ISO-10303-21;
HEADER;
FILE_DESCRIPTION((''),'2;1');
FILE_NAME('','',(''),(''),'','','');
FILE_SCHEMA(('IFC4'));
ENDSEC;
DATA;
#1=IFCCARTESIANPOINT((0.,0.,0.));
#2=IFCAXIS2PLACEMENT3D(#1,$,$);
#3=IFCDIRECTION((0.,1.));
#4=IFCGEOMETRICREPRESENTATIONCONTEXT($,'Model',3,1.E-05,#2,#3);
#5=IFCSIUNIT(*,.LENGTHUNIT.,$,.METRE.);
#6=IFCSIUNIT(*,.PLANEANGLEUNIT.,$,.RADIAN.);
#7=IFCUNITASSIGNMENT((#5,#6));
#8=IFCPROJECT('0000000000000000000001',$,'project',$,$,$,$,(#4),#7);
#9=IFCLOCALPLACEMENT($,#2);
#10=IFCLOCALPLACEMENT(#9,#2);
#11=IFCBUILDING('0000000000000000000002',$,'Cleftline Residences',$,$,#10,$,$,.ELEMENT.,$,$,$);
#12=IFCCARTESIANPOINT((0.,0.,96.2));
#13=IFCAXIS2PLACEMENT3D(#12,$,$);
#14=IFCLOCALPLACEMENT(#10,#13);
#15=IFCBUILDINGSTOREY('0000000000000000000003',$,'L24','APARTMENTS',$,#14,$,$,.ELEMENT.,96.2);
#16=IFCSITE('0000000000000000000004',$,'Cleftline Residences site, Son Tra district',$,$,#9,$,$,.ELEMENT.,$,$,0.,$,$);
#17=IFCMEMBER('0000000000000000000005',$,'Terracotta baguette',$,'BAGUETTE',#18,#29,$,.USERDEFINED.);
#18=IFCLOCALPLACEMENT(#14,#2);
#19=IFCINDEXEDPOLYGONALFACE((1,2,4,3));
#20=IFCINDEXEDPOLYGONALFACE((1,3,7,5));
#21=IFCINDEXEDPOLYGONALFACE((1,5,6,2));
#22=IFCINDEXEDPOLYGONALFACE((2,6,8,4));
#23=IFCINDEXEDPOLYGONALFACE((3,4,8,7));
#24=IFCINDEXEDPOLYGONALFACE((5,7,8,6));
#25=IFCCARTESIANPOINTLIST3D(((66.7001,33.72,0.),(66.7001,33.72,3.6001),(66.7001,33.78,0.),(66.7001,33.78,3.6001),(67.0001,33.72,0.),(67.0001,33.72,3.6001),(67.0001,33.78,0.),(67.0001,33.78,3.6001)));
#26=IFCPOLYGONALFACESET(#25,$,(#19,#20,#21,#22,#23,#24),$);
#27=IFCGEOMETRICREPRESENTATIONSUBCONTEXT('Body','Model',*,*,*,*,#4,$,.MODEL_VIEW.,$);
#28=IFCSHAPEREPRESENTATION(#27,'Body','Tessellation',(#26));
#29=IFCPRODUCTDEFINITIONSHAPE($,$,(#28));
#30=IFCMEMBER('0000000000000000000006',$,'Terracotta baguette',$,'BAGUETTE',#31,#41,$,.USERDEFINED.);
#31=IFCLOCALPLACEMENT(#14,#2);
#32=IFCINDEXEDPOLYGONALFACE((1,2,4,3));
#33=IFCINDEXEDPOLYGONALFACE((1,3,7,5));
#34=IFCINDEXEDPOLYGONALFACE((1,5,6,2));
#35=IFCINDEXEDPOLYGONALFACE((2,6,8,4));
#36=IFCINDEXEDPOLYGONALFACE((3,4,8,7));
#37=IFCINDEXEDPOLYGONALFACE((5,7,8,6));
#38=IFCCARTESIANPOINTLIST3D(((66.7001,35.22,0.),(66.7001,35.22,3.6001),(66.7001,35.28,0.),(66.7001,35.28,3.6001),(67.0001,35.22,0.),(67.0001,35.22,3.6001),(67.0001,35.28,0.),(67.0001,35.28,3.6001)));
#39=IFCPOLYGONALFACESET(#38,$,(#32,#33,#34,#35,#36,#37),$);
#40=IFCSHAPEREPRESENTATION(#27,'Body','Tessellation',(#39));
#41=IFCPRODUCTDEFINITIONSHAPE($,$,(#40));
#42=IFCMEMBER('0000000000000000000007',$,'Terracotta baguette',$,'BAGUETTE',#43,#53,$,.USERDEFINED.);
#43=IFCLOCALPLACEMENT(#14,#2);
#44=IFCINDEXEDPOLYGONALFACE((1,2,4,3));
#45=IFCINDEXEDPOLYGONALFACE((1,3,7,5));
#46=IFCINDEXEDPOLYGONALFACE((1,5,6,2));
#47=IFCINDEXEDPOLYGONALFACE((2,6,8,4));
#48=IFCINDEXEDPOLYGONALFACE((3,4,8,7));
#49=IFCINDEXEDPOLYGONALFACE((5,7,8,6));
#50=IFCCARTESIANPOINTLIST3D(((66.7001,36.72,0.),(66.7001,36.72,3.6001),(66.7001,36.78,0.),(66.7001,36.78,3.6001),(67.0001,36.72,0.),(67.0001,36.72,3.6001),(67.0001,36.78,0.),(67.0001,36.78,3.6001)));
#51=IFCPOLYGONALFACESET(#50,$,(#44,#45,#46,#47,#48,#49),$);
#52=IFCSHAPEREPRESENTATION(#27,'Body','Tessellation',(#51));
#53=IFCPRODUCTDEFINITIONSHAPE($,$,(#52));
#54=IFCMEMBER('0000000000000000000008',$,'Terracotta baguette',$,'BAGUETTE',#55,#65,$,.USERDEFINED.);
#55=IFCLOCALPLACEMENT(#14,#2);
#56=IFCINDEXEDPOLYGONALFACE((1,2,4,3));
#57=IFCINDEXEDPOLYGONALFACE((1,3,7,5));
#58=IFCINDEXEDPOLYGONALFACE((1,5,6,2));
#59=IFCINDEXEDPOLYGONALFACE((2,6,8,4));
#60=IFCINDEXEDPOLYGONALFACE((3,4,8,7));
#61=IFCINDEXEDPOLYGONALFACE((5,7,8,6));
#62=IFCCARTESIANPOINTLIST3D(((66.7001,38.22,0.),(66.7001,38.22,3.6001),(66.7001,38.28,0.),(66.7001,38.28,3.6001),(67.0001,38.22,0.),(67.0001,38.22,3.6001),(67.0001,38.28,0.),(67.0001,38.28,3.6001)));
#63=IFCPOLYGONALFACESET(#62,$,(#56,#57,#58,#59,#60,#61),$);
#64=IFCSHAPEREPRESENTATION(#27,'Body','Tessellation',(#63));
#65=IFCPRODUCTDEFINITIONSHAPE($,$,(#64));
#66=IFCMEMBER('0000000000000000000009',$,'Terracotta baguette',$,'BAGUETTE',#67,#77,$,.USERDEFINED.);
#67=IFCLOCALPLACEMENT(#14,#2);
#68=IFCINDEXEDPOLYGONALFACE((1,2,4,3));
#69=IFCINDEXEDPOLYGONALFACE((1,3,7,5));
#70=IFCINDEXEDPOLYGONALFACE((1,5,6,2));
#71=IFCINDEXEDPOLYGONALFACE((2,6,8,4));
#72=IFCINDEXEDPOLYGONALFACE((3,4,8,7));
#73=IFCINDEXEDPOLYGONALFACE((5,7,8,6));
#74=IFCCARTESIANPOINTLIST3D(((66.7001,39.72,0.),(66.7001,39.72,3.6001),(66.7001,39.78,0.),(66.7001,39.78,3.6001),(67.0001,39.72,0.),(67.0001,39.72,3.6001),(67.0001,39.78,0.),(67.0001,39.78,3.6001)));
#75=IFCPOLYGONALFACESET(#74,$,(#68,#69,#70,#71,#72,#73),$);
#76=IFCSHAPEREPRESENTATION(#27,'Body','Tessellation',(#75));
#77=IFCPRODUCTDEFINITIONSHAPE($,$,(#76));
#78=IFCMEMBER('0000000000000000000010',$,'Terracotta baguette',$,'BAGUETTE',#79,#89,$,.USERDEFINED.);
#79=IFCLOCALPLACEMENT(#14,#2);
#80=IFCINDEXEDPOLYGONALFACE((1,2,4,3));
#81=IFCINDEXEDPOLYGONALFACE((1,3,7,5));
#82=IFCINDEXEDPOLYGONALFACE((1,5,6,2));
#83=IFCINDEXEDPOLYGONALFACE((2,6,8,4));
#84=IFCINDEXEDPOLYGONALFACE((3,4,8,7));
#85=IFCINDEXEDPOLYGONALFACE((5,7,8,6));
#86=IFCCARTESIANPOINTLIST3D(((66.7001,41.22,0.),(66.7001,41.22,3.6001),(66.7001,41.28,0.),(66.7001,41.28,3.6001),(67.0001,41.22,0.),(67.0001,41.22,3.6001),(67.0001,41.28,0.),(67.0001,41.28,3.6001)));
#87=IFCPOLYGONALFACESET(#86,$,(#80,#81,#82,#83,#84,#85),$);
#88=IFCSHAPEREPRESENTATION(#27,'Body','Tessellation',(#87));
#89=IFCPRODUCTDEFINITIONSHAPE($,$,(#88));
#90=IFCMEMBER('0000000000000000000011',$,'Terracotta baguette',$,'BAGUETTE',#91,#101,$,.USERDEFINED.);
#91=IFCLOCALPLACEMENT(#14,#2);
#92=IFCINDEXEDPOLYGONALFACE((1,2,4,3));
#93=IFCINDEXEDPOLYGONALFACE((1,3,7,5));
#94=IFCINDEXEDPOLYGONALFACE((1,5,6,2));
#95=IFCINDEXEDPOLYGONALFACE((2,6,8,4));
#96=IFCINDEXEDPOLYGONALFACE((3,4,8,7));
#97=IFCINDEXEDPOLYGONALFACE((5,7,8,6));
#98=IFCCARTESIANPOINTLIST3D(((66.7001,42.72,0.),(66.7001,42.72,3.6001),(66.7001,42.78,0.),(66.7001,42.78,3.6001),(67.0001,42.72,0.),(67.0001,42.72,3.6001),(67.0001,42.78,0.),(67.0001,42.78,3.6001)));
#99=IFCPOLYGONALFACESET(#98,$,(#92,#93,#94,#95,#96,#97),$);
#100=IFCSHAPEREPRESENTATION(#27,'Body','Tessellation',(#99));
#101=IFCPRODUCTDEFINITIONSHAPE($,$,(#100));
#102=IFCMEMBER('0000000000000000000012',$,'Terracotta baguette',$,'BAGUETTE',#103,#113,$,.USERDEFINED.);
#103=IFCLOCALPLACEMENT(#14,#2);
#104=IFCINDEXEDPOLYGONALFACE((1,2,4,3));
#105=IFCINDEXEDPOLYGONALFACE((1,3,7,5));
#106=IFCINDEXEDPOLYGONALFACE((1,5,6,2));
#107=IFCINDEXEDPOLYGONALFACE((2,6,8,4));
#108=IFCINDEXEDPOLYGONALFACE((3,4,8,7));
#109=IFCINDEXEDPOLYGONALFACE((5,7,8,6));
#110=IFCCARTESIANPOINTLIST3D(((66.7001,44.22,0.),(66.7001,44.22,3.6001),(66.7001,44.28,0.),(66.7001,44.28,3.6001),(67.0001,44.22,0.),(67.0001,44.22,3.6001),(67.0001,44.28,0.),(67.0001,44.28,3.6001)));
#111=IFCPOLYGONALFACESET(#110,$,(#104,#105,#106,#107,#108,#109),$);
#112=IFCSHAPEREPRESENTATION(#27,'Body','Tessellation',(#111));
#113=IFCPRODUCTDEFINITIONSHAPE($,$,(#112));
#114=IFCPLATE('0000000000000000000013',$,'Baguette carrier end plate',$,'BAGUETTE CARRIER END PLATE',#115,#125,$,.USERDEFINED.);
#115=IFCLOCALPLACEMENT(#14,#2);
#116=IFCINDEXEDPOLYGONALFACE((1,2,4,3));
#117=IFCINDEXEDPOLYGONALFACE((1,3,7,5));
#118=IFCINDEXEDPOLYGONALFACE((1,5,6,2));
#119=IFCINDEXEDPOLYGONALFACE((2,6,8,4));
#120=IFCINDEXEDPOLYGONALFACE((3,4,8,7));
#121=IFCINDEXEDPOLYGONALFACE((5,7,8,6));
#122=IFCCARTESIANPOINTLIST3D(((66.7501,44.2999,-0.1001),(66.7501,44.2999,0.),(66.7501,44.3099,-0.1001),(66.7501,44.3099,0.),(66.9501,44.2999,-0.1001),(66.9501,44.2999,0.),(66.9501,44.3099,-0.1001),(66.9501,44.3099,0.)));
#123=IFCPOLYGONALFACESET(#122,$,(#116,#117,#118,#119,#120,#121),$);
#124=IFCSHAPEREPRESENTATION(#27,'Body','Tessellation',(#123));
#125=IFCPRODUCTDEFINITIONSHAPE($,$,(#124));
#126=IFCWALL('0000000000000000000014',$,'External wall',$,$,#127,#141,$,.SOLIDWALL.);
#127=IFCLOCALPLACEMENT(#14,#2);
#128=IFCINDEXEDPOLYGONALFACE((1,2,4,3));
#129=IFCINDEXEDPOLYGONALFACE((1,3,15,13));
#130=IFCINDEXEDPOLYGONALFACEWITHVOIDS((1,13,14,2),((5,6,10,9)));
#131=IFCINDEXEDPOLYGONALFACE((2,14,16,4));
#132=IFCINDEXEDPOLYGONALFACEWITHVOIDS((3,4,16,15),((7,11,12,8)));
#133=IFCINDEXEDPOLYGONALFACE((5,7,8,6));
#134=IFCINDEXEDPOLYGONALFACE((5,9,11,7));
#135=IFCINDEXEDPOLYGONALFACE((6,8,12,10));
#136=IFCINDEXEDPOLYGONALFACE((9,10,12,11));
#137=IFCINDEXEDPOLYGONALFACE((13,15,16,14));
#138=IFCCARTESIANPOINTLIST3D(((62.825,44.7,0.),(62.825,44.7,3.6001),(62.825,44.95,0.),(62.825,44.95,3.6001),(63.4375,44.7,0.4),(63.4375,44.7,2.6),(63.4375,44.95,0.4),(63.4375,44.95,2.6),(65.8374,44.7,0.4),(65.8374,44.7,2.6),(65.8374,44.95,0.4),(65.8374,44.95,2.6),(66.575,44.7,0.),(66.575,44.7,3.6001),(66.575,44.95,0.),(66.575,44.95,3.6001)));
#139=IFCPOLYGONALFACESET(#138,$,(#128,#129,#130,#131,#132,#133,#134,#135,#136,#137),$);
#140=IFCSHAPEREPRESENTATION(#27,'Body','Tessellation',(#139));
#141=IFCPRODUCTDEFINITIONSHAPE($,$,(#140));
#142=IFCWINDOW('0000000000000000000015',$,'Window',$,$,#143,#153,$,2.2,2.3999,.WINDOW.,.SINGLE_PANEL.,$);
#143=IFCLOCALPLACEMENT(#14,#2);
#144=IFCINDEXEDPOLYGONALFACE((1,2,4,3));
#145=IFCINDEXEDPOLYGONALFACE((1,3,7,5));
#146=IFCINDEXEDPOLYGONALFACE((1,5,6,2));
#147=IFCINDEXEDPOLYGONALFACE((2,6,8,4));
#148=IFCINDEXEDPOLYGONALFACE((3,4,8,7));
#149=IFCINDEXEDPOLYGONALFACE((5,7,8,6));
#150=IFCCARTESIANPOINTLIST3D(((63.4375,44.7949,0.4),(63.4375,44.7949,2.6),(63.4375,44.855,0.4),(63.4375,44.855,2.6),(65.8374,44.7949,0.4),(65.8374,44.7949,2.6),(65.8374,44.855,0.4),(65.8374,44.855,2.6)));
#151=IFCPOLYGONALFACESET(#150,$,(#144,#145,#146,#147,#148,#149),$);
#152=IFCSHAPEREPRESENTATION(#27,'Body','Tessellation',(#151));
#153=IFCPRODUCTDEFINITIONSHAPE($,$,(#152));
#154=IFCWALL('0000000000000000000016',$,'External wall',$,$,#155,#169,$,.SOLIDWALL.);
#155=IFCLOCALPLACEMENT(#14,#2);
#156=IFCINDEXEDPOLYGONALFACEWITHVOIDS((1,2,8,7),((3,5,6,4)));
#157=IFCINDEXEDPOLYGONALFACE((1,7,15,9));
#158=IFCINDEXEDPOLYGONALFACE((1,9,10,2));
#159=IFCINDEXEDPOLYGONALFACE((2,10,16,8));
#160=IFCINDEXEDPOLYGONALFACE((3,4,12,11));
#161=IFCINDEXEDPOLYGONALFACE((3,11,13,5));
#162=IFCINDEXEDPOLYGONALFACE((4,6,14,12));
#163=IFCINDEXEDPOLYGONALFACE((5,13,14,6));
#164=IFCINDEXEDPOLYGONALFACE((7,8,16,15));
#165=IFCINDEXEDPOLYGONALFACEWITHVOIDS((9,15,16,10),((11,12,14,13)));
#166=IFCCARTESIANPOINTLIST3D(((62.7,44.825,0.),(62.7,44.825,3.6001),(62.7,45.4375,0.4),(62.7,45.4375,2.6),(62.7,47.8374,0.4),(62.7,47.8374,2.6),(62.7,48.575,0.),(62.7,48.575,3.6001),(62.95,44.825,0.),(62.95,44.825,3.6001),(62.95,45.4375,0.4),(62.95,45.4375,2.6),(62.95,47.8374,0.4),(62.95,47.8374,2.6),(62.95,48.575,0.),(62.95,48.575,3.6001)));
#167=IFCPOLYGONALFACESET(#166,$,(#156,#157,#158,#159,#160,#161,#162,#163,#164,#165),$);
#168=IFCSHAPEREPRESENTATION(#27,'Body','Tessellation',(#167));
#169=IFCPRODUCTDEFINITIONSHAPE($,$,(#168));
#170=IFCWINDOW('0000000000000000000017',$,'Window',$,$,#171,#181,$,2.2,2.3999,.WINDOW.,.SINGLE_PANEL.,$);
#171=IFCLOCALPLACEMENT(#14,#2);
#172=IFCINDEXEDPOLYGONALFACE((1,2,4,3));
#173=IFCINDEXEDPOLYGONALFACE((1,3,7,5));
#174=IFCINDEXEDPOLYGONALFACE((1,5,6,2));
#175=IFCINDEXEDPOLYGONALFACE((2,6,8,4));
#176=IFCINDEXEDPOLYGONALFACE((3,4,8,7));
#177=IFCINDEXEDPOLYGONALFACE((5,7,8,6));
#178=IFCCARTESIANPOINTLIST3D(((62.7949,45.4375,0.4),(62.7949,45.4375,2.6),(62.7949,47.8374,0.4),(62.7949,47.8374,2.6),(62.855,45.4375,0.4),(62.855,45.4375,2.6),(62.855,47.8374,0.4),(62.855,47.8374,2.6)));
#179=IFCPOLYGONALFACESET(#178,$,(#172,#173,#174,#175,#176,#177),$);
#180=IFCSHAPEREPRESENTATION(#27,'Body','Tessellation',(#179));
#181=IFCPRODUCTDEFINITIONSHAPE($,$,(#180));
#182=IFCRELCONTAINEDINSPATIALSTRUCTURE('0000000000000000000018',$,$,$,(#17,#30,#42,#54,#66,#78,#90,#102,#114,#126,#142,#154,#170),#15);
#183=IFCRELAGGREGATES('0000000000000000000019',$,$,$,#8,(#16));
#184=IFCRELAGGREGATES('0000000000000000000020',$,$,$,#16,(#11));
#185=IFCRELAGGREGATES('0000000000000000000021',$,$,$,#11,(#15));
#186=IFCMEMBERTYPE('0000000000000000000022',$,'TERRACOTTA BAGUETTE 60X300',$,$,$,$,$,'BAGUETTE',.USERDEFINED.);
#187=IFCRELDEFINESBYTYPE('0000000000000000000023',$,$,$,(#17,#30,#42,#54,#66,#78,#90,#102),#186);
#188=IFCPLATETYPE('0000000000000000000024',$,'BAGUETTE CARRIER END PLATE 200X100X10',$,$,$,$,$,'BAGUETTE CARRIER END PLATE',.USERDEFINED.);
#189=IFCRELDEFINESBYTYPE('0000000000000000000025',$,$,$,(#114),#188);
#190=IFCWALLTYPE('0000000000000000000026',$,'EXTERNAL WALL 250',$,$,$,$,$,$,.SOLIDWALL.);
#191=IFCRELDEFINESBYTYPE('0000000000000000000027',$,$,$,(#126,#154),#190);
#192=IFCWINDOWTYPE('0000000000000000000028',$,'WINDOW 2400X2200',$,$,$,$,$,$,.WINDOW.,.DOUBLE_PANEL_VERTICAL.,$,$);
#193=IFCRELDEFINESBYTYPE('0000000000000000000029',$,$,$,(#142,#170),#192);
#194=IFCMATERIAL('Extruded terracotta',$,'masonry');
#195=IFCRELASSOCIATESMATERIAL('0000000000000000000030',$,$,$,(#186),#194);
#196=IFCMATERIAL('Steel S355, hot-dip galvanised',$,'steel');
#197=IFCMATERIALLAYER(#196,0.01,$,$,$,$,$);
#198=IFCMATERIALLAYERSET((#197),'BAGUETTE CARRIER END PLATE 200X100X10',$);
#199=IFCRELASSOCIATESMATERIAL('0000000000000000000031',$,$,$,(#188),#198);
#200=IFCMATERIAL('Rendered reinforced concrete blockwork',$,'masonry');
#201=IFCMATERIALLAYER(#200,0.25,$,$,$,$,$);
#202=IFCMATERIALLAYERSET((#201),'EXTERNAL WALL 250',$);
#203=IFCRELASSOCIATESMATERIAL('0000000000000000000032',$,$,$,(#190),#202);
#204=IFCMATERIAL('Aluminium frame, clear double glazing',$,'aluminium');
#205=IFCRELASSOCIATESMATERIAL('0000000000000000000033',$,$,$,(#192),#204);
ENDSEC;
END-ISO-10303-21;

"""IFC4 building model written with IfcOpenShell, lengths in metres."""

from ifc_helpers import new_model, si_unit, direction, frame, frame_2d, origin, origin_2d, place, context, subcontext, project, spatial, rectangle, extrude, material, layer, layer_set, material_profile, profile_set, type_object, element, fill, save


model = new_model("IFC4")

# Units and contexts
model_context = context("Model", 3, precision=1e-05, world=origin(), true_north=direction((0.0, 1.0)))
body_context = subcontext(model_context, "Body", "Model", "MODEL_VIEW")
ifc_project = project(units=[si_unit("LENGTHUNIT", "METRE"), si_unit("PLANEANGLEUNIT", "RADIAN")], contexts=[model_context])

# Site, building, storey
site_placement = place(None, origin())
site = spatial("IfcSite", under=ifc_project, at=site_placement, Name="Cleftline Residences site, Son Tra district", CompositionType="ELEMENT", RefElevation=0.0)
building_placement = place(site_placement, origin())
building = spatial("IfcBuilding", under=site, at=building_placement, Name="Cleftline Residences", CompositionType="ELEMENT")
storey_placement = place(building_placement, frame((0.0, 0.0, 96.2)))
storey = spatial("IfcBuildingStorey", under=building, at=storey_placement, Name="L24", Description="APARTMENTS", CompositionType="ELEMENT", Elevation=96.2)

# Members
ifc_material_1 = material(Name="Extruded terracotta", Category="masonry")
ifc_material_profile_1 = material_profile(ifc_material_1, rectangle(XDim=0.0601, YDim=0.3, at=origin_2d()))
ifc_profile_set_1 = profile_set([ifc_material_profile_1], Name="Extruded terracotta")
member_type_1 = type_object("IfcMemberType", Name="TERRACOTTA BAGUETTE 60X300", ElementType="BAGUETTE", PredefinedType="USERDEFINED", material=ifc_profile_set_1)
for number, where, z_axis, x_axis, name in (
    (1, (66.8501, 33.75, 0.0), (0.0, 0.0, 1.0), (0.0, 1.0, 0.0), "Terracotta baguette"),
    (2, (66.8501, 35.25, 0.0), (0.0, 0.0, 1.0), (0.0, 1.0, 0.0), "Terracotta baguette"),
    (3, (66.8501, 36.75, 0.0), (0.0, 0.0, 1.0), (0.0, 1.0, 0.0), "Terracotta baguette"),
    (4, (66.8501, 38.25, 0.0), (0.0, 0.0, 1.0), (0.0, 1.0, 0.0), "Terracotta baguette"),
    (5, (66.8501, 39.75, 0.0), (0.0, 0.0, 1.0), (0.0, 1.0, 0.0), "Terracotta baguette"),
    (6, (66.8501, 41.25, 0.0), (0.0, 0.0, 1.0), (0.0, 1.0, 0.0), "Terracotta baguette"),
    (7, (66.8501, 42.75, 0.0), (0.0, 0.0, 1.0), (0.0, 1.0, 0.0), "Terracotta baguette"),
    (8, (66.8501, 44.25, 0.0), (0.0, 0.0, 1.0), (0.0, 1.0, 0.0), "Terracotta baguette"),
):
    element("IfcMember", number, at=place(storey_placement, frame(where, z_axis=z_axis, x_axis=x_axis)), inside=storey, type_object=member_type_1, Name=name, ObjectType="BAGUETTE", PredefinedType="USERDEFINED", context=body_context, shape_type="SweptSolid", body=[
        extrude(rectangle(XDim=0.0601, YDim=0.3, at=origin_2d()), origin(), (0.0, 0.0, 1.0), 3.6001),
    ])

# Plate
ifc_material_2 = material(Name="Steel S355, hot-dip galvanised", Category="steel")
ifc_layer_1 = layer(ifc_material_2, 0.01)
ifc_layer_set_1 = layer_set([ifc_layer_1], Name="BAGUETTE CARRIER END PLATE 200X100X10")
plate_type = type_object("IfcPlateType", Name="BAGUETTE CARRIER END PLATE 200X100X10", ElementType="BAGUETTE CARRIER END PLATE", PredefinedType="USERDEFINED", material=ifc_layer_set_1)
plate_placement = place(storey_placement, frame((66.8501, 44.3049, -0.1001), z_axis=(0.0, 0.0, 1.0), x_axis=(1.0, 0.0, 0.0)))
element("IfcPlate", 9, at=plate_placement, inside=storey, type_object=plate_type, Name="Baguette carrier end plate", ObjectType="BAGUETTE CARRIER END PLATE", PredefinedType="USERDEFINED", context=body_context, shape_type="SweptSolid", body=[
    extrude(rectangle(XDim=0.2, YDim=0.01, at=origin_2d()), origin(), (0.0, 0.0, 1.0), 0.1001),
])

# Walls, openings, windows
ifc_material_3 = material(Name="Rendered reinforced concrete blockwork", Category="masonry")
ifc_layer_2 = layer(ifc_material_3, 0.25)
ifc_layer_set_2 = layer_set([ifc_layer_2], Name="EXTERNAL WALL 250")
wall_type_1 = type_object("IfcWallType", Name="EXTERNAL WALL 250", PredefinedType="SOLIDWALL", material=ifc_layer_set_2)
wall_1_placement = place(storey_placement, frame((66.575, 44.825, 0.0), z_axis=(0.0, 0.0, 1.0), x_axis=(-1.0, 0.0, 0.0)))
wall_1 = element("IfcWall", 10, at=wall_1_placement, inside=storey, type_object=wall_type_1, Name="External wall", PredefinedType="SOLIDWALL", context=body_context, shape_type="SweptSolid", body=[
    extrude(rectangle(XDim=3.75, YDim=0.25, at=frame_2d((1.875, 0.0))), origin(), (0.0, 0.0, 1.0), 3.6001),
])
opening_1_placement = place(wall_1_placement, frame((0.7375, 0.0, 0.3999)))
opening_1 = element("IfcOpeningElement", 11, at=opening_1_placement, cuts=wall_1, PredefinedType="OPENING", context=body_context, shape_type="SweptSolid", body=[
    extrude(rectangle(XDim=2.3999, YDim=2.2, at=frame_2d((1.2, 1.1001))), frame((0.0, 0.135, 0.0), z_axis=(0.0, -1.0, 0.0), x_axis=(1.0, 0.0, 0.0)), (0.0, 0.0, 1.0), 0.27),
])
ifc_material_4 = material(Name="Aluminium frame, clear double glazing", Category="aluminium")
window_type_1 = type_object("IfcWindowType", Name="WINDOW 2400X2200", PartitioningType="DOUBLE_PANEL_VERTICAL", PredefinedType="WINDOW", material=ifc_material_4)
window_1_placement = place(opening_1_placement, origin())
window_1 = element("IfcWindow", 12, at=window_1_placement, inside=storey, type_object=window_type_1, Name="Window", OverallHeight=2.2, OverallWidth=2.3999, PartitioningType="SINGLE_PANEL", PredefinedType="WINDOW", context=body_context, shape_type="SweptSolid", body=[
    extrude(rectangle(XDim=2.3999, YDim=2.2, at=frame_2d((1.2, 1.1001))), frame((0.0, 0.03, 0.0), z_axis=(0.0, -1.0, 0.0), x_axis=(1.0, 0.0, 0.0)), (0.0, 0.0, 1.0), 0.0601),
])
fill(opening_1, window_1)
wall_2_placement = place(storey_placement, frame((62.825, 44.825, 0.0), z_axis=(0.0, 0.0, 1.0), x_axis=(0.0, 1.0, 0.0)))
wall_2 = element("IfcWall", 13, at=wall_2_placement, inside=storey, type_object=wall_type_1, Name="External wall", PredefinedType="SOLIDWALL", context=body_context, shape_type="SweptSolid", body=[
    extrude(rectangle(XDim=3.75, YDim=0.25, at=frame_2d((1.875, 0.0))), origin(), (0.0, 0.0, 1.0), 3.6001),
])
opening_2_placement = place(wall_2_placement, frame((0.6125, 0.0, 0.3999)))
opening_2 = element("IfcOpeningElement", 14, at=opening_2_placement, cuts=wall_2, PredefinedType="OPENING", context=body_context, shape_type="SweptSolid", body=[
    extrude(rectangle(XDim=2.3999, YDim=2.2, at=frame_2d((1.2, 1.1001))), frame((0.0, 0.135, 0.0), z_axis=(0.0, -1.0, 0.0), x_axis=(1.0, 0.0, 0.0)), (0.0, 0.0, 1.0), 0.27),
])
window_2_placement = place(opening_2_placement, origin())
window_2 = element("IfcWindow", 15, at=window_2_placement, inside=storey, type_object=window_type_1, Name="Window", OverallHeight=2.2, OverallWidth=2.3999, PartitioningType="SINGLE_PANEL", PredefinedType="WINDOW", context=body_context, shape_type="SweptSolid", body=[
    extrude(rectangle(XDim=2.3999, YDim=2.2, at=frame_2d((1.2, 1.1001))), frame((0.0, 0.03, 0.0), z_axis=(0.0, -1.0, 0.0), x_axis=(1.0, 0.0, 0.0)), (0.0, 0.0, 1.0), 0.0601),
])
fill(opening_2, window_2)

save(model, "model.ifc")
